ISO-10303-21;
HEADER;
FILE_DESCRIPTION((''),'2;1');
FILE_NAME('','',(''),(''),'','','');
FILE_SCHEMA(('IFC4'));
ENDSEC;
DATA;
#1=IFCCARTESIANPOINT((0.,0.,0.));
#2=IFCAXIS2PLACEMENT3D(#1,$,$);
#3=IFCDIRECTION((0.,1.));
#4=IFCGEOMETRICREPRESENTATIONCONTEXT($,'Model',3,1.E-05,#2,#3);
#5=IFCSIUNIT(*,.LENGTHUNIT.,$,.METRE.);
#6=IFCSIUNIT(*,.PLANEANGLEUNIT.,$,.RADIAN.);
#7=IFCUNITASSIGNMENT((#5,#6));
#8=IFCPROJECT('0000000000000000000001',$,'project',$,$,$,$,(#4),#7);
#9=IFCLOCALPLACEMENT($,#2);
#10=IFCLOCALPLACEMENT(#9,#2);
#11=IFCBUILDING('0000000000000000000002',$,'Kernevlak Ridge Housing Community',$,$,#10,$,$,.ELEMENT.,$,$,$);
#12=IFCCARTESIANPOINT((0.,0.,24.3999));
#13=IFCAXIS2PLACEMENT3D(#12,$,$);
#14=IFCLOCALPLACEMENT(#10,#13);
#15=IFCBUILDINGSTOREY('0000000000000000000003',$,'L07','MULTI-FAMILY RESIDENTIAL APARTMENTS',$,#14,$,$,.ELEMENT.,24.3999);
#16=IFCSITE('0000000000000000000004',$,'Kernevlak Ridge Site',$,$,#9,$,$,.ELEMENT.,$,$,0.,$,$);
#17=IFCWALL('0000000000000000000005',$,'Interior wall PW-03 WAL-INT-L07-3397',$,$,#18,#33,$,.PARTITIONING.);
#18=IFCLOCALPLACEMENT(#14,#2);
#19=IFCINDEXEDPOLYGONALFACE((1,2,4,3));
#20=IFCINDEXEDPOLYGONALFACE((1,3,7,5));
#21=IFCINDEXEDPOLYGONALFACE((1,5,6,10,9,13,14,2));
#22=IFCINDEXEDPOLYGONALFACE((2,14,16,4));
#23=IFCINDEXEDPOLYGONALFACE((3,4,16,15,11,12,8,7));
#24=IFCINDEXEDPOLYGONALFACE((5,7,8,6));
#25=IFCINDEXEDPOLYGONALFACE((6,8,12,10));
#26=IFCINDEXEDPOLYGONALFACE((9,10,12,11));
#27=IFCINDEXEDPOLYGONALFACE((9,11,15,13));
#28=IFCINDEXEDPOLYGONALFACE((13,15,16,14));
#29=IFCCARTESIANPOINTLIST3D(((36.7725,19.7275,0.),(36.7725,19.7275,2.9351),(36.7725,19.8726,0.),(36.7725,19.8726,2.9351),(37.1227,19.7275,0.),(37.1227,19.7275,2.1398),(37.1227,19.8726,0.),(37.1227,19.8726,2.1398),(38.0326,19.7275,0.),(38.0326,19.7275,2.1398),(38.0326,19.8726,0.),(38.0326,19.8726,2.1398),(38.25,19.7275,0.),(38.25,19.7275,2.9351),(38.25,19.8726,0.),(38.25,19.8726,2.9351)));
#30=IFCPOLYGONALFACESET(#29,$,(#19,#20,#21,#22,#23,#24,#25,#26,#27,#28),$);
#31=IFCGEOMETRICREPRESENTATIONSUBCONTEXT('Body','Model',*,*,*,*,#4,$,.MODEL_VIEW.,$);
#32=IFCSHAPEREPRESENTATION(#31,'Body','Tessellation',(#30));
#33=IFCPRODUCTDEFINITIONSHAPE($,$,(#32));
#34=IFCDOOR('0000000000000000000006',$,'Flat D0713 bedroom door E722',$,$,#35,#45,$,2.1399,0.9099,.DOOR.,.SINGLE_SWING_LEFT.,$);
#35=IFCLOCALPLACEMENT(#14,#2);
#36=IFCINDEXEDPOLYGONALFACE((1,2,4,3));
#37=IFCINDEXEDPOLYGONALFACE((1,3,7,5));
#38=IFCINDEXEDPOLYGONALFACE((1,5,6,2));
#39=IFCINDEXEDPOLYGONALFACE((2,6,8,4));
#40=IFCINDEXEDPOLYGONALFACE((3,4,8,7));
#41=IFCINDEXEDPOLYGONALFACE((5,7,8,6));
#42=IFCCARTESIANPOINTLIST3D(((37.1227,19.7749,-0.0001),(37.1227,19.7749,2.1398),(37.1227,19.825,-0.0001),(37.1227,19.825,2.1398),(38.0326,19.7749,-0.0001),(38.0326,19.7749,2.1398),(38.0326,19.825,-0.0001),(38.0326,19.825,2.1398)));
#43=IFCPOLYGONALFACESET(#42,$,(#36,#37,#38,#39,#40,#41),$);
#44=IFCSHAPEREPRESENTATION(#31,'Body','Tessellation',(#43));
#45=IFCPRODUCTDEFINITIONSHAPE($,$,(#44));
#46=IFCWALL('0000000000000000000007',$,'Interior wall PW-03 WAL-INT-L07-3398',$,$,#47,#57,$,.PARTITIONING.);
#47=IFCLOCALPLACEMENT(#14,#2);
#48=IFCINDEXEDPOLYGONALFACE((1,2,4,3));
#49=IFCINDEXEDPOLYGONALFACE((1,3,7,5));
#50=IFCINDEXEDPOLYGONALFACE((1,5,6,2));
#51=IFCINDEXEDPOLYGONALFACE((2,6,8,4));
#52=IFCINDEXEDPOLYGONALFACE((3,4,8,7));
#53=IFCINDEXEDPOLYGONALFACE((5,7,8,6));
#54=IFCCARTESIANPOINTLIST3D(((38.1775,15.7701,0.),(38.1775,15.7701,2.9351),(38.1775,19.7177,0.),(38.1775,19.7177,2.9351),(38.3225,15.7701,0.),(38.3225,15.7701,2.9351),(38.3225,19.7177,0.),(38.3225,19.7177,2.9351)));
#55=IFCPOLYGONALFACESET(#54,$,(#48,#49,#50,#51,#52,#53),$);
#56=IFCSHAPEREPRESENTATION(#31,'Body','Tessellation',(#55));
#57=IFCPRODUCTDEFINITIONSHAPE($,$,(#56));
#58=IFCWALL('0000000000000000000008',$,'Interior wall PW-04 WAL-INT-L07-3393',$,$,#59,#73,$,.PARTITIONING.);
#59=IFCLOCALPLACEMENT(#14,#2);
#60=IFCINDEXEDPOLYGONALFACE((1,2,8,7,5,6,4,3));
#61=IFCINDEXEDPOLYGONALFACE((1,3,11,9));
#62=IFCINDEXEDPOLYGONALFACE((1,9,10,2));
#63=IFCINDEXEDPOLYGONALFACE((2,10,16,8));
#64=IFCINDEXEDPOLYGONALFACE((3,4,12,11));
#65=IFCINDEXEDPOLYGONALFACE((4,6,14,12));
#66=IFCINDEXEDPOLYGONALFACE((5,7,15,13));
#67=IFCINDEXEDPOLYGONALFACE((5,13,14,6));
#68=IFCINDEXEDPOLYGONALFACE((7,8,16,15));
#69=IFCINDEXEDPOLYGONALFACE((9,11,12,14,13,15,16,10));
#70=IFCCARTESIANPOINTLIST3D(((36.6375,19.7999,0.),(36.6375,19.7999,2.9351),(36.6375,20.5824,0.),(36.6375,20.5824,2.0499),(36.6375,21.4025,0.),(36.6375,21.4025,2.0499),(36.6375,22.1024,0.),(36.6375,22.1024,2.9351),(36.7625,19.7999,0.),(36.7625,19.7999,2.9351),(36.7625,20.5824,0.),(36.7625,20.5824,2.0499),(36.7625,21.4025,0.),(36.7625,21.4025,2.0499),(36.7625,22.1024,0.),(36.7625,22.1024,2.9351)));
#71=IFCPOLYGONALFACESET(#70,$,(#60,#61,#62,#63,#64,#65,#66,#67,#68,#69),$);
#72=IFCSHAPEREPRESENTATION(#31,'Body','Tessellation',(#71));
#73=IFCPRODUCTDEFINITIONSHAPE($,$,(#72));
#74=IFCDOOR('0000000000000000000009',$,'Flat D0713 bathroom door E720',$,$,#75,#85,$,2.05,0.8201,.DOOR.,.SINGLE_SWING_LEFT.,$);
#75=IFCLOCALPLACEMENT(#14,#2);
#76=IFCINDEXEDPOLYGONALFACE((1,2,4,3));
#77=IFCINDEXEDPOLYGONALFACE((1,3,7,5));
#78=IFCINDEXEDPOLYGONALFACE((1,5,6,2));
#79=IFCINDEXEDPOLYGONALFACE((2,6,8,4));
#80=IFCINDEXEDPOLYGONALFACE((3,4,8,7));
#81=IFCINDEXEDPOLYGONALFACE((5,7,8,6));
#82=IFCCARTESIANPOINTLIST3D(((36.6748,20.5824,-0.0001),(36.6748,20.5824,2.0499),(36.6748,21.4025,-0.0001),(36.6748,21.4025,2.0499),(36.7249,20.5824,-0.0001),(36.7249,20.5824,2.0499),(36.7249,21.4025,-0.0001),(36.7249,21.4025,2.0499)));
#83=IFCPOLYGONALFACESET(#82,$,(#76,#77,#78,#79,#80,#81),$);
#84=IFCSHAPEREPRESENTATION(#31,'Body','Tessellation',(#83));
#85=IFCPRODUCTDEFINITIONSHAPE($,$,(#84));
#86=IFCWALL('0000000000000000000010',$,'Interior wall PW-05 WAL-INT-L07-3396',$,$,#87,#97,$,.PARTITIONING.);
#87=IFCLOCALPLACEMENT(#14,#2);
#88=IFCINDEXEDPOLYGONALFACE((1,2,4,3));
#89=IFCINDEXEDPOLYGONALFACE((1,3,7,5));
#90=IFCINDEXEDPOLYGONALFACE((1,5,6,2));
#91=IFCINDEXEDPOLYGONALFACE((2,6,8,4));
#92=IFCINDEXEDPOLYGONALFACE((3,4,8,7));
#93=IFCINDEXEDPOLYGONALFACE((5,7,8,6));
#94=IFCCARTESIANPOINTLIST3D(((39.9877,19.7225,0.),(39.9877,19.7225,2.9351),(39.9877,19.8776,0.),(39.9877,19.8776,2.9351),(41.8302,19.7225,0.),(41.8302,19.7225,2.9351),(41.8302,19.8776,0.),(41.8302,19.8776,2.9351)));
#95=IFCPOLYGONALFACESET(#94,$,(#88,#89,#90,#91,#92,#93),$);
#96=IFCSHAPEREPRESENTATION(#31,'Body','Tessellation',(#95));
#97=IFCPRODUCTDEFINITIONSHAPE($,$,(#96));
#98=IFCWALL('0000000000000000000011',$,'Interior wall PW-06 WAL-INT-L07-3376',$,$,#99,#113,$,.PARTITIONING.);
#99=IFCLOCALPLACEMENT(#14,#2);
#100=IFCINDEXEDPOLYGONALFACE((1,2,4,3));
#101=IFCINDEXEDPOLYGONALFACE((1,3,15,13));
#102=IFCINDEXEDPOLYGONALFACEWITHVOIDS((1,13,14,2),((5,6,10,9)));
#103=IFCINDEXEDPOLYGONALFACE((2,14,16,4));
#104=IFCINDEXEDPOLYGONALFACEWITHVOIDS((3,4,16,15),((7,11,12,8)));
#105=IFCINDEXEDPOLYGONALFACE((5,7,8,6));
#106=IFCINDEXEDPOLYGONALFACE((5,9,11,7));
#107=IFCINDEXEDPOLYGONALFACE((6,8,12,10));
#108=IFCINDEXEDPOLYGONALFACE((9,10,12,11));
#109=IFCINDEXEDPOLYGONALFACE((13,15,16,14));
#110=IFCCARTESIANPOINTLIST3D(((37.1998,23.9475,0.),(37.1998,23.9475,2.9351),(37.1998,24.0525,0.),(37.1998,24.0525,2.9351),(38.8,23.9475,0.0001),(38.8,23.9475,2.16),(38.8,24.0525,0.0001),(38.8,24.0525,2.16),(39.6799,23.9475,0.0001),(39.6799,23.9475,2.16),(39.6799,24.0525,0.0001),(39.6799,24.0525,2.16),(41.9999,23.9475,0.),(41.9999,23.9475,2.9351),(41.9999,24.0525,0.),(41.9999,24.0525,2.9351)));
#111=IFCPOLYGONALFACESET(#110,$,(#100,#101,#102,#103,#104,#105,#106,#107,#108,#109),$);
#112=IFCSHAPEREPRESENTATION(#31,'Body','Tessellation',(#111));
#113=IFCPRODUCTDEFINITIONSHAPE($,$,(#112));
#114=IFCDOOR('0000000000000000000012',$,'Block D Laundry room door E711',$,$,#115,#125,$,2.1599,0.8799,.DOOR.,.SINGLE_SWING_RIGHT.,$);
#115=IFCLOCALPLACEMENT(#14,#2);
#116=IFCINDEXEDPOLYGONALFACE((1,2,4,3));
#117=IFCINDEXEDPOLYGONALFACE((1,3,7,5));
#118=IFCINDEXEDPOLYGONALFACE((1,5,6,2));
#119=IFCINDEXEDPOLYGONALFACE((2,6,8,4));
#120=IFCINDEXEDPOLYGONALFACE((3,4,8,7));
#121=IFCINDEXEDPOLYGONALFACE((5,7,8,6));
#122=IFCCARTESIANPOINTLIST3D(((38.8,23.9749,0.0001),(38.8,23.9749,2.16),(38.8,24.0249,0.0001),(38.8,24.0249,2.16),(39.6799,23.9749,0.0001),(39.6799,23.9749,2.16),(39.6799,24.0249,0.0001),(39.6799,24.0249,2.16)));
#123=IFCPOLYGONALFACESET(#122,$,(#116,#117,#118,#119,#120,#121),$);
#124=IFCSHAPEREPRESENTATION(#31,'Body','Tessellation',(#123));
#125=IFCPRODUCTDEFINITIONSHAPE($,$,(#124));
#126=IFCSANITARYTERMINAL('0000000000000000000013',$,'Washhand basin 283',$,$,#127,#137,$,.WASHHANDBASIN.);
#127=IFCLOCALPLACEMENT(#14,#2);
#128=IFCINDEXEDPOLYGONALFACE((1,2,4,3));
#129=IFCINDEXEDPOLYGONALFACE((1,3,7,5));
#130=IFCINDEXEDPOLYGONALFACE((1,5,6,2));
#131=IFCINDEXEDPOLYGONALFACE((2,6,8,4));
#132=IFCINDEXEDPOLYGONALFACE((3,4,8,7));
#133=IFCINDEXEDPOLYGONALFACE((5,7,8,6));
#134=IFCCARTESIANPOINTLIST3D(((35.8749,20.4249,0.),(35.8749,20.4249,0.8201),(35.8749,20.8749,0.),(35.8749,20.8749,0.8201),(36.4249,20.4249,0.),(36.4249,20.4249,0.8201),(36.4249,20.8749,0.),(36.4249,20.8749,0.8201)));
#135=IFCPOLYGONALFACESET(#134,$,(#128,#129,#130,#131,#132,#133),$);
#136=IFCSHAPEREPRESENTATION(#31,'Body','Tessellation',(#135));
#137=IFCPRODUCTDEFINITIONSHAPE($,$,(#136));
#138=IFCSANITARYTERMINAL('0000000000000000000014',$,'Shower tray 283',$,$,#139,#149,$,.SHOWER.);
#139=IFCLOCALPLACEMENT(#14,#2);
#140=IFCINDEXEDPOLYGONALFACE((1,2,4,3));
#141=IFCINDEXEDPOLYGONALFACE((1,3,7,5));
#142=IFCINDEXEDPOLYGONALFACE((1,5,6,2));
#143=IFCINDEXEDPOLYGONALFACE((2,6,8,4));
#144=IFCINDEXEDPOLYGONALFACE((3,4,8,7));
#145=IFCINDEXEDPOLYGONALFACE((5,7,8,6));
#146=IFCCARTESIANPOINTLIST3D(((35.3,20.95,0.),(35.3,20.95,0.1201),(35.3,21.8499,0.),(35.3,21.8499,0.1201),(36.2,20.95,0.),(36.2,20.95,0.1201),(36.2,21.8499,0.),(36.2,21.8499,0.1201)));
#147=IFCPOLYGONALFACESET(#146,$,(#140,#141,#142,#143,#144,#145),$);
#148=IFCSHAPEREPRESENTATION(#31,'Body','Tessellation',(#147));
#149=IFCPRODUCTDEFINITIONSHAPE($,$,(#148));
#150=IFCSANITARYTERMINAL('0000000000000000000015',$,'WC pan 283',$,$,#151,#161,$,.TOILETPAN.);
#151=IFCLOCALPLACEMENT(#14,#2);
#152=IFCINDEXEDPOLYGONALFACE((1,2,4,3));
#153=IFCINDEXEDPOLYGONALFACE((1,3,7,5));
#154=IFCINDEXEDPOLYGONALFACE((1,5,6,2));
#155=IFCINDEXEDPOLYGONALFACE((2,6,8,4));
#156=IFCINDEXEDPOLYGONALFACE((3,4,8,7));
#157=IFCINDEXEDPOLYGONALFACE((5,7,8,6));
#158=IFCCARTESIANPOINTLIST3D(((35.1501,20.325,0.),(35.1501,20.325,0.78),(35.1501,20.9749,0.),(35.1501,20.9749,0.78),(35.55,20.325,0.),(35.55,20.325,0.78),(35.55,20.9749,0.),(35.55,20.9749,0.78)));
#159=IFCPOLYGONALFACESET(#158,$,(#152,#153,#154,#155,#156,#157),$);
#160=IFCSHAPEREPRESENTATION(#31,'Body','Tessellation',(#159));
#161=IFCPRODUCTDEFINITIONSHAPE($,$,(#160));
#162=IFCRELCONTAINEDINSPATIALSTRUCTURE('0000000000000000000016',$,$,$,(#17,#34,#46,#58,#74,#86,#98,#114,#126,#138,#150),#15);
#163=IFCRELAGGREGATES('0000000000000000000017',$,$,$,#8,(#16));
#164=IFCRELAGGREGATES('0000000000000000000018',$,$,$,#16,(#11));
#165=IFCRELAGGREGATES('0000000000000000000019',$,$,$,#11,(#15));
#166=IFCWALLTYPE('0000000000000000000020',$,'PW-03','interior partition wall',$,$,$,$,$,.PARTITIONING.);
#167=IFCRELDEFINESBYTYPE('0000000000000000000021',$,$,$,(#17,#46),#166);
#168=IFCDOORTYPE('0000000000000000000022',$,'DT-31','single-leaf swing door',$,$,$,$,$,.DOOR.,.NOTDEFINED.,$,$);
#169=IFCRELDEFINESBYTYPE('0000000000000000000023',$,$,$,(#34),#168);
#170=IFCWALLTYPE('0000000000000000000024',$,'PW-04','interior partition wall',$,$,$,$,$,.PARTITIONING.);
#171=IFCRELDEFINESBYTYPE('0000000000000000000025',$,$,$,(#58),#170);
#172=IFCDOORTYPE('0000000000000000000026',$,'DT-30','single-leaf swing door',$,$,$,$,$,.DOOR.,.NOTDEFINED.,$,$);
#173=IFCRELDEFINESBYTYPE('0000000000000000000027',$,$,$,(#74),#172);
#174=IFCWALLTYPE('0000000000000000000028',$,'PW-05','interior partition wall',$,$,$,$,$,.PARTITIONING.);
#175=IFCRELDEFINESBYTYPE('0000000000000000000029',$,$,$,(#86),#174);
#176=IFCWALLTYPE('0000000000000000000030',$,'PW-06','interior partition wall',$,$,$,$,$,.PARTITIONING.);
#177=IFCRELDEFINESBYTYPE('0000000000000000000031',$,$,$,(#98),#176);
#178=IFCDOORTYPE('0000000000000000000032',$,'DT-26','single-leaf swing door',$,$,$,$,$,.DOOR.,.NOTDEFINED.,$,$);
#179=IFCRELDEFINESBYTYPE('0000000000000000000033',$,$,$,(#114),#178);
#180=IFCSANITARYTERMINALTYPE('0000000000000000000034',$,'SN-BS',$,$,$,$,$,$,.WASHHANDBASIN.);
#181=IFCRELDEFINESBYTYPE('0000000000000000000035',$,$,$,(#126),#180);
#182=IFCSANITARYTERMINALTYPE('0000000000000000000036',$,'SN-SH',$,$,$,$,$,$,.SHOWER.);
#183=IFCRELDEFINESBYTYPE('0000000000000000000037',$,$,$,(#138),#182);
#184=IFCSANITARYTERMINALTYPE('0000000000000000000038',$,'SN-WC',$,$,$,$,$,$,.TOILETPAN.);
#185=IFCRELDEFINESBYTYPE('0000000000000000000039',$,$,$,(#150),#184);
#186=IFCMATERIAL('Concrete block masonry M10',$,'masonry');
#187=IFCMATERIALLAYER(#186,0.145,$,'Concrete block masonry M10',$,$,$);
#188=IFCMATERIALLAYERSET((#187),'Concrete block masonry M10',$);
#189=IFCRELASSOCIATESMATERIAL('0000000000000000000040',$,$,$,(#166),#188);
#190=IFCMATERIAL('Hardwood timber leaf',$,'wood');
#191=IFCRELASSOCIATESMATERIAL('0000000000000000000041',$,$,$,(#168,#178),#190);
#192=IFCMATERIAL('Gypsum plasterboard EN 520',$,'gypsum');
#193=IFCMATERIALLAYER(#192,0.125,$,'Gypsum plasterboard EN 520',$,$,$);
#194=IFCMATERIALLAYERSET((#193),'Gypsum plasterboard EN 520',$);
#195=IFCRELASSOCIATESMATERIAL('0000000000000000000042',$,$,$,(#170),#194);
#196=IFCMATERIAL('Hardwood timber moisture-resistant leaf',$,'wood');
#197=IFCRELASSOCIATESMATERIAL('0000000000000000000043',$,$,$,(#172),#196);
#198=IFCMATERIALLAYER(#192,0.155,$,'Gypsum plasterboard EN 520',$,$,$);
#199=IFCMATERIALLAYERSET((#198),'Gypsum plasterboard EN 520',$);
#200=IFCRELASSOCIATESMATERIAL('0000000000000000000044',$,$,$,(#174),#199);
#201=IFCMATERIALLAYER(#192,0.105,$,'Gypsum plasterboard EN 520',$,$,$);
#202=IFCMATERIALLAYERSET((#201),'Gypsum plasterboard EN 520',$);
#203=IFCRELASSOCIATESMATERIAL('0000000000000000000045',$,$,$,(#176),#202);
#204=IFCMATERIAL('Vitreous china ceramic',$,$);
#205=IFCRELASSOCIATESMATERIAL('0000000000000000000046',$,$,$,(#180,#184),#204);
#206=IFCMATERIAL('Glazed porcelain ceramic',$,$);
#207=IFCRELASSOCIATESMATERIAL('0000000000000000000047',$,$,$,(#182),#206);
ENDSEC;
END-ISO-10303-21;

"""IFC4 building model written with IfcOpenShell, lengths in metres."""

from ifc_helpers import new_model, si_unit, direction, frame, frame_2d, origin, origin_2d, place, context, subcontext, project, spatial, rectangle, extrude, material, layer, layer_set, type_object, element, fill, save


model = new_model("IFC4")

# Units and contexts
model_context = context("Model", 3, precision=1e-05, world=origin(), true_north=direction((0.0, 1.0)))
body_context = subcontext(model_context, "Body", "Model", "MODEL_VIEW")
ifc_project = project(units=[si_unit("LENGTHUNIT", "METRE"), si_unit("PLANEANGLEUNIT", "RADIAN")], contexts=[model_context])

# Site, building, storey
site_placement = place(None, origin())
site = spatial("IfcSite", under=ifc_project, at=site_placement, Name="Kernevlak Ridge Site", CompositionType="ELEMENT", RefElevation=0.0)
building_placement = place(site_placement, origin())
building = spatial("IfcBuilding", under=site, at=building_placement, Name="Kernevlak Ridge Housing Community", CompositionType="ELEMENT")
storey_placement = place(building_placement, frame((0.0, 0.0, 24.3999)))
storey = spatial("IfcBuildingStorey", under=building, at=storey_placement, Name="L07", Description="MULTI-FAMILY RESIDENTIAL APARTMENTS", CompositionType="ELEMENT", Elevation=24.3999)

# Shared definitions
ifc_material_1 = material(Name="Concrete block masonry M10", Category="masonry")

# Wall, opening, door
ifc_layer_1 = layer(ifc_material_1, 0.145, Name="Concrete block masonry M10")
ifc_layer_set_1 = layer_set([ifc_layer_1], Name="Concrete block masonry M10")
wall_type_1 = type_object("IfcWallType", Name="PW-03", Description="interior partition wall", PredefinedType="PARTITIONING", material=ifc_layer_set_1)
wall_1_placement = place(storey_placement, frame((36.7725, 19.8, 0.0), z_axis=(0.0, 0.0, 1.0), x_axis=(1.0, 0.0, 0.0)))
wall_1 = element("IfcWall", 1, at=wall_1_placement, inside=storey, type_object=wall_type_1, Name="Interior wall PW-03 WAL-INT-L07-3397", PredefinedType="PARTITIONING", context=body_context, shape_type="SweptSolid", body=[
    extrude(rectangle(XDim=1.4775, YDim=0.145, at=frame_2d((0.7388, 0.0))), origin(), (0.0, 0.0, 1.0), 2.9351),
])
opening_1_placement = place(wall_1_placement, frame((0.3501, 0.0, 0.0)))
opening_1 = element("IfcOpeningElement", 2, at=opening_1_placement, cuts=wall_1, PredefinedType="OPENING", context=body_context, shape_type="SweptSolid", body=[
    extrude(rectangle(XDim=0.9099, YDim=2.1399, at=frame_2d((0.4551, 1.0698))), frame((0.0, 0.0825, 0.0), z_axis=(0.0, -1.0, 0.0), x_axis=(1.0, 0.0, 0.0)), (0.0, 0.0, 1.0), 0.165),
])
ifc_material_2 = material(Name="Hardwood timber leaf", Category="wood")
door_type_1 = type_object("IfcDoorType", Name="DT-31", Description="single-leaf swing door", OperationType="NOTDEFINED", PredefinedType="DOOR", material=ifc_material_2)
door_1_placement = place(opening_1_placement, origin())
door_1 = element("IfcDoor", 3, at=door_1_placement, inside=storey, type_object=door_type_1, Name="Flat D0713 bedroom door E722", OperationType="SINGLE_SWING_LEFT", OverallHeight=2.1399, OverallWidth=0.9099, PredefinedType="DOOR", context=body_context, shape_type="SweptSolid", body=[
    extrude(rectangle(XDim=0.9099, YDim=2.1399, at=frame_2d((0.4551, 1.0698))), frame((0.0, 0.0249, 0.0), z_axis=(0.0, -1.0, 0.0), x_axis=(1.0, 0.0, 0.0)), (0.0, 0.0, 1.0), 0.05),
])
fill(opening_1, door_1)

# Wall
wall_2_placement = place(storey_placement, frame((38.25, 19.7175, 0.0), z_axis=(0.0, 0.0, 1.0), x_axis=(0.0, -1.0, 0.0)))
element("IfcWall", 4, at=wall_2_placement, inside=storey, type_object=wall_type_1, Name="Interior wall PW-03 WAL-INT-L07-3398", PredefinedType="PARTITIONING", context=body_context, shape_type="SweptSolid", body=[
    extrude(rectangle(XDim=3.9475, YDim=0.145, at=frame_2d((1.9736, 0.0))), origin(), (0.0, 0.0, 1.0), 2.9351),
])

# Wall, opening, door
ifc_material_3 = material(Name="Gypsum plasterboard EN 520", Category="gypsum")
ifc_layer_2 = layer(ifc_material_3, 0.125, Name="Gypsum plasterboard EN 520")
ifc_layer_set_2 = layer_set([ifc_layer_2], Name="Gypsum plasterboard EN 520")
wall_type_2 = type_object("IfcWallType", Name="PW-04", Description="interior partition wall", PredefinedType="PARTITIONING", material=ifc_layer_set_2)
wall_3_placement = place(storey_placement, frame((36.7, 22.1025, 0.0), z_axis=(0.0, 0.0, 1.0), x_axis=(0.0, -1.0, 0.0)))
wall_3 = element("IfcWall", 5, at=wall_3_placement, inside=storey, type_object=wall_type_2, Name="Interior wall PW-04 WAL-INT-L07-3393", PredefinedType="PARTITIONING", context=body_context, shape_type="SweptSolid", body=[
    extrude(rectangle(XDim=2.3025, YDim=0.125, at=frame_2d((1.1514, 0.0))), origin(), (0.0, 0.0, 1.0), 2.9351),
])
opening_2_placement = place(wall_3_placement, frame((0.7, 0.0, 0.0)))
opening_2 = element("IfcOpeningElement", 6, at=opening_2_placement, cuts=wall_3, PredefinedType="OPENING", context=body_context, shape_type="SweptSolid", body=[
    extrude(rectangle(XDim=0.8201, YDim=2.05, at=frame_2d((0.4102, 1.0249))), frame((0.0, 0.0725, 0.0), z_axis=(0.0, -1.0, 0.0), x_axis=(1.0, 0.0, 0.0)), (0.0, 0.0, 1.0), 0.145),
])
ifc_material_4 = material(Name="Hardwood timber moisture-resistant leaf", Category="wood")
door_type_2 = type_object("IfcDoorType", Name="DT-30", Description="single-leaf swing door", OperationType="NOTDEFINED", PredefinedType="DOOR", material=ifc_material_4)
door_2_placement = place(opening_2_placement, origin())
door_2 = element("IfcDoor", 7, at=door_2_placement, inside=storey, type_object=door_type_2, Name="Flat D0713 bathroom door E720", OperationType="SINGLE_SWING_LEFT", OverallHeight=2.05, OverallWidth=0.8201, PredefinedType="DOOR", context=body_context, shape_type="SweptSolid", body=[
    extrude(rectangle(XDim=0.8201, YDim=2.05, at=frame_2d((0.4102, 1.0249))), frame((0.0, 0.0249, 0.0), z_axis=(0.0, -1.0, 0.0), x_axis=(1.0, 0.0, 0.0)), (0.0, 0.0, 1.0), 0.05),
])
fill(opening_2, door_2)
ifc_layer_3 = layer(ifc_material_3, 0.155, Name="Gypsum plasterboard EN 520")
ifc_layer_set_3 = layer_set([ifc_layer_3], Name="Gypsum plasterboard EN 520")
wall_type_3 = type_object("IfcWallType", Name="PW-05", Description="interior partition wall", PredefinedType="PARTITIONING", material=ifc_layer_set_3)

# Wall
wall_4_placement = place(storey_placement, frame((39.9875, 19.8, 0.0), z_axis=(0.0, 0.0, 1.0), x_axis=(1.0, 0.0, 0.0)))
element("IfcWall", 8, at=wall_4_placement, inside=storey, type_object=wall_type_3, Name="Interior wall PW-05 WAL-INT-L07-3396", PredefinedType="PARTITIONING", context=body_context, shape_type="SweptSolid", body=[
    extrude(rectangle(XDim=1.8425, YDim=0.155, at=frame_2d((0.9214, 0.0))), origin(), (0.0, 0.0, 1.0), 2.9351),
])

# Wall, opening, door
ifc_layer_4 = layer(ifc_material_3, 0.105, Name="Gypsum plasterboard EN 520")
ifc_layer_set_4 = layer_set([ifc_layer_4], Name="Gypsum plasterboard EN 520")
wall_type_4 = type_object("IfcWallType", Name="PW-06", Description="interior partition wall", PredefinedType="PARTITIONING", material=ifc_layer_set_4)
wall_5_placement = place(storey_placement, frame((37.2, 24.0, 0.0), z_axis=(0.0, 0.0, 1.0), x_axis=(1.0, 0.0, 0.0)))
wall_5 = element("IfcWall", 9, at=wall_5_placement, inside=storey, type_object=wall_type_4, Name="Interior wall PW-06 WAL-INT-L07-3376", PredefinedType="PARTITIONING", context=body_context, shape_type="SweptSolid", body=[
    extrude(rectangle(XDim=4.8, YDim=0.105, at=frame_2d((2.3999, 0.0))), origin(), (0.0, 0.0, 1.0), 2.9351),
])
opening_3_placement = place(wall_5_placement, frame((1.6001, 0.0, 0.0)))
opening_3 = element("IfcOpeningElement", 10, at=opening_3_placement, cuts=wall_5, PredefinedType="OPENING", context=body_context, shape_type="SweptSolid", body=[
    extrude(rectangle(XDim=0.8799, YDim=2.1599, at=frame_2d((0.4399, 1.0801))), frame((0.0, 0.0625, 0.0), z_axis=(0.0, -1.0, 0.0), x_axis=(1.0, 0.0, 0.0)), (0.0, 0.0, 1.0), 0.125),
])
door_type_3 = type_object("IfcDoorType", Name="DT-26", Description="single-leaf swing door", OperationType="NOTDEFINED", PredefinedType="DOOR", material=ifc_material_2)
door_3_placement = place(opening_3_placement, origin())
door_3 = element("IfcDoor", 11, at=door_3_placement, inside=storey, type_object=door_type_3, Name="Block D Laundry room door E711", OperationType="SINGLE_SWING_RIGHT", OverallHeight=2.1599, OverallWidth=0.8799, PredefinedType="DOOR", context=body_context, shape_type="SweptSolid", body=[
    extrude(rectangle(XDim=0.8799, YDim=2.1599, at=frame_2d((0.4399, 1.0801))), frame((0.0, 0.0249, 0.0), z_axis=(0.0, -1.0, 0.0), x_axis=(1.0, 0.0, 0.0)), (0.0, 0.0, 1.0), 0.05),
])
fill(opening_3, door_3)

# Sanitary terminals
ifc_material_5 = material(Name="Vitreous china ceramic")
sanitary_terminal_type_1 = type_object("IfcSanitaryTerminalType", Name="SN-BS", PredefinedType="WASHHANDBASIN", material=ifc_material_5)
sanitary_terminal_1_placement = place(storey_placement, frame((36.1499, 20.6499, 0.0), z_axis=(0.0, 0.0, 1.0), x_axis=(1.0, 0.0, 0.0)))
element("IfcSanitaryTerminal", 12, at=sanitary_terminal_1_placement, inside=storey, type_object=sanitary_terminal_type_1, Name="Washhand basin 283", PredefinedType="WASHHANDBASIN", context=body_context, shape_type="SweptSolid", body=[
    extrude(rectangle(XDim=0.55, YDim=0.45, at=origin_2d()), origin(), (0.0, 0.0, 1.0), 0.8201),
])
ifc_material_6 = material(Name="Glazed porcelain ceramic")
sanitary_terminal_type_2 = type_object("IfcSanitaryTerminalType", Name="SN-SH", PredefinedType="SHOWER", material=ifc_material_6)
sanitary_terminal_2_placement = place(storey_placement, frame((35.75, 21.3999, 0.0), z_axis=(0.0, 0.0, 1.0), x_axis=(1.0, 0.0, 0.0)))
element("IfcSanitaryTerminal", 13, at=sanitary_terminal_2_placement, inside=storey, type_object=sanitary_terminal_type_2, Name="Shower tray 283", PredefinedType="SHOWER", context=body_context, shape_type="SweptSolid", body=[
    extrude(rectangle(XDim=0.8999, YDim=0.8999, at=origin_2d()), origin(), (0.0, 0.0, 1.0), 0.1201),
])
sanitary_terminal_type_3 = type_object("IfcSanitaryTerminalType", Name="SN-WC", PredefinedType="TOILETPAN", material=ifc_material_5)
sanitary_terminal_3_placement = place(storey_placement, frame((35.3501, 20.6499, 0.0), z_axis=(0.0, 0.0, 1.0), x_axis=(1.0, 0.0, 0.0)))
element("IfcSanitaryTerminal", 14, at=sanitary_terminal_3_placement, inside=storey, type_object=sanitary_terminal_type_3, Name="WC pan 283", PredefinedType="TOILETPAN", context=body_context, shape_type="SweptSolid", body=[
    extrude(rectangle(XDim=0.3999, YDim=0.6499, at=origin_2d()), origin(), (0.0, 0.0, 1.0), 0.78),
])

save(model, "model.ifc")
